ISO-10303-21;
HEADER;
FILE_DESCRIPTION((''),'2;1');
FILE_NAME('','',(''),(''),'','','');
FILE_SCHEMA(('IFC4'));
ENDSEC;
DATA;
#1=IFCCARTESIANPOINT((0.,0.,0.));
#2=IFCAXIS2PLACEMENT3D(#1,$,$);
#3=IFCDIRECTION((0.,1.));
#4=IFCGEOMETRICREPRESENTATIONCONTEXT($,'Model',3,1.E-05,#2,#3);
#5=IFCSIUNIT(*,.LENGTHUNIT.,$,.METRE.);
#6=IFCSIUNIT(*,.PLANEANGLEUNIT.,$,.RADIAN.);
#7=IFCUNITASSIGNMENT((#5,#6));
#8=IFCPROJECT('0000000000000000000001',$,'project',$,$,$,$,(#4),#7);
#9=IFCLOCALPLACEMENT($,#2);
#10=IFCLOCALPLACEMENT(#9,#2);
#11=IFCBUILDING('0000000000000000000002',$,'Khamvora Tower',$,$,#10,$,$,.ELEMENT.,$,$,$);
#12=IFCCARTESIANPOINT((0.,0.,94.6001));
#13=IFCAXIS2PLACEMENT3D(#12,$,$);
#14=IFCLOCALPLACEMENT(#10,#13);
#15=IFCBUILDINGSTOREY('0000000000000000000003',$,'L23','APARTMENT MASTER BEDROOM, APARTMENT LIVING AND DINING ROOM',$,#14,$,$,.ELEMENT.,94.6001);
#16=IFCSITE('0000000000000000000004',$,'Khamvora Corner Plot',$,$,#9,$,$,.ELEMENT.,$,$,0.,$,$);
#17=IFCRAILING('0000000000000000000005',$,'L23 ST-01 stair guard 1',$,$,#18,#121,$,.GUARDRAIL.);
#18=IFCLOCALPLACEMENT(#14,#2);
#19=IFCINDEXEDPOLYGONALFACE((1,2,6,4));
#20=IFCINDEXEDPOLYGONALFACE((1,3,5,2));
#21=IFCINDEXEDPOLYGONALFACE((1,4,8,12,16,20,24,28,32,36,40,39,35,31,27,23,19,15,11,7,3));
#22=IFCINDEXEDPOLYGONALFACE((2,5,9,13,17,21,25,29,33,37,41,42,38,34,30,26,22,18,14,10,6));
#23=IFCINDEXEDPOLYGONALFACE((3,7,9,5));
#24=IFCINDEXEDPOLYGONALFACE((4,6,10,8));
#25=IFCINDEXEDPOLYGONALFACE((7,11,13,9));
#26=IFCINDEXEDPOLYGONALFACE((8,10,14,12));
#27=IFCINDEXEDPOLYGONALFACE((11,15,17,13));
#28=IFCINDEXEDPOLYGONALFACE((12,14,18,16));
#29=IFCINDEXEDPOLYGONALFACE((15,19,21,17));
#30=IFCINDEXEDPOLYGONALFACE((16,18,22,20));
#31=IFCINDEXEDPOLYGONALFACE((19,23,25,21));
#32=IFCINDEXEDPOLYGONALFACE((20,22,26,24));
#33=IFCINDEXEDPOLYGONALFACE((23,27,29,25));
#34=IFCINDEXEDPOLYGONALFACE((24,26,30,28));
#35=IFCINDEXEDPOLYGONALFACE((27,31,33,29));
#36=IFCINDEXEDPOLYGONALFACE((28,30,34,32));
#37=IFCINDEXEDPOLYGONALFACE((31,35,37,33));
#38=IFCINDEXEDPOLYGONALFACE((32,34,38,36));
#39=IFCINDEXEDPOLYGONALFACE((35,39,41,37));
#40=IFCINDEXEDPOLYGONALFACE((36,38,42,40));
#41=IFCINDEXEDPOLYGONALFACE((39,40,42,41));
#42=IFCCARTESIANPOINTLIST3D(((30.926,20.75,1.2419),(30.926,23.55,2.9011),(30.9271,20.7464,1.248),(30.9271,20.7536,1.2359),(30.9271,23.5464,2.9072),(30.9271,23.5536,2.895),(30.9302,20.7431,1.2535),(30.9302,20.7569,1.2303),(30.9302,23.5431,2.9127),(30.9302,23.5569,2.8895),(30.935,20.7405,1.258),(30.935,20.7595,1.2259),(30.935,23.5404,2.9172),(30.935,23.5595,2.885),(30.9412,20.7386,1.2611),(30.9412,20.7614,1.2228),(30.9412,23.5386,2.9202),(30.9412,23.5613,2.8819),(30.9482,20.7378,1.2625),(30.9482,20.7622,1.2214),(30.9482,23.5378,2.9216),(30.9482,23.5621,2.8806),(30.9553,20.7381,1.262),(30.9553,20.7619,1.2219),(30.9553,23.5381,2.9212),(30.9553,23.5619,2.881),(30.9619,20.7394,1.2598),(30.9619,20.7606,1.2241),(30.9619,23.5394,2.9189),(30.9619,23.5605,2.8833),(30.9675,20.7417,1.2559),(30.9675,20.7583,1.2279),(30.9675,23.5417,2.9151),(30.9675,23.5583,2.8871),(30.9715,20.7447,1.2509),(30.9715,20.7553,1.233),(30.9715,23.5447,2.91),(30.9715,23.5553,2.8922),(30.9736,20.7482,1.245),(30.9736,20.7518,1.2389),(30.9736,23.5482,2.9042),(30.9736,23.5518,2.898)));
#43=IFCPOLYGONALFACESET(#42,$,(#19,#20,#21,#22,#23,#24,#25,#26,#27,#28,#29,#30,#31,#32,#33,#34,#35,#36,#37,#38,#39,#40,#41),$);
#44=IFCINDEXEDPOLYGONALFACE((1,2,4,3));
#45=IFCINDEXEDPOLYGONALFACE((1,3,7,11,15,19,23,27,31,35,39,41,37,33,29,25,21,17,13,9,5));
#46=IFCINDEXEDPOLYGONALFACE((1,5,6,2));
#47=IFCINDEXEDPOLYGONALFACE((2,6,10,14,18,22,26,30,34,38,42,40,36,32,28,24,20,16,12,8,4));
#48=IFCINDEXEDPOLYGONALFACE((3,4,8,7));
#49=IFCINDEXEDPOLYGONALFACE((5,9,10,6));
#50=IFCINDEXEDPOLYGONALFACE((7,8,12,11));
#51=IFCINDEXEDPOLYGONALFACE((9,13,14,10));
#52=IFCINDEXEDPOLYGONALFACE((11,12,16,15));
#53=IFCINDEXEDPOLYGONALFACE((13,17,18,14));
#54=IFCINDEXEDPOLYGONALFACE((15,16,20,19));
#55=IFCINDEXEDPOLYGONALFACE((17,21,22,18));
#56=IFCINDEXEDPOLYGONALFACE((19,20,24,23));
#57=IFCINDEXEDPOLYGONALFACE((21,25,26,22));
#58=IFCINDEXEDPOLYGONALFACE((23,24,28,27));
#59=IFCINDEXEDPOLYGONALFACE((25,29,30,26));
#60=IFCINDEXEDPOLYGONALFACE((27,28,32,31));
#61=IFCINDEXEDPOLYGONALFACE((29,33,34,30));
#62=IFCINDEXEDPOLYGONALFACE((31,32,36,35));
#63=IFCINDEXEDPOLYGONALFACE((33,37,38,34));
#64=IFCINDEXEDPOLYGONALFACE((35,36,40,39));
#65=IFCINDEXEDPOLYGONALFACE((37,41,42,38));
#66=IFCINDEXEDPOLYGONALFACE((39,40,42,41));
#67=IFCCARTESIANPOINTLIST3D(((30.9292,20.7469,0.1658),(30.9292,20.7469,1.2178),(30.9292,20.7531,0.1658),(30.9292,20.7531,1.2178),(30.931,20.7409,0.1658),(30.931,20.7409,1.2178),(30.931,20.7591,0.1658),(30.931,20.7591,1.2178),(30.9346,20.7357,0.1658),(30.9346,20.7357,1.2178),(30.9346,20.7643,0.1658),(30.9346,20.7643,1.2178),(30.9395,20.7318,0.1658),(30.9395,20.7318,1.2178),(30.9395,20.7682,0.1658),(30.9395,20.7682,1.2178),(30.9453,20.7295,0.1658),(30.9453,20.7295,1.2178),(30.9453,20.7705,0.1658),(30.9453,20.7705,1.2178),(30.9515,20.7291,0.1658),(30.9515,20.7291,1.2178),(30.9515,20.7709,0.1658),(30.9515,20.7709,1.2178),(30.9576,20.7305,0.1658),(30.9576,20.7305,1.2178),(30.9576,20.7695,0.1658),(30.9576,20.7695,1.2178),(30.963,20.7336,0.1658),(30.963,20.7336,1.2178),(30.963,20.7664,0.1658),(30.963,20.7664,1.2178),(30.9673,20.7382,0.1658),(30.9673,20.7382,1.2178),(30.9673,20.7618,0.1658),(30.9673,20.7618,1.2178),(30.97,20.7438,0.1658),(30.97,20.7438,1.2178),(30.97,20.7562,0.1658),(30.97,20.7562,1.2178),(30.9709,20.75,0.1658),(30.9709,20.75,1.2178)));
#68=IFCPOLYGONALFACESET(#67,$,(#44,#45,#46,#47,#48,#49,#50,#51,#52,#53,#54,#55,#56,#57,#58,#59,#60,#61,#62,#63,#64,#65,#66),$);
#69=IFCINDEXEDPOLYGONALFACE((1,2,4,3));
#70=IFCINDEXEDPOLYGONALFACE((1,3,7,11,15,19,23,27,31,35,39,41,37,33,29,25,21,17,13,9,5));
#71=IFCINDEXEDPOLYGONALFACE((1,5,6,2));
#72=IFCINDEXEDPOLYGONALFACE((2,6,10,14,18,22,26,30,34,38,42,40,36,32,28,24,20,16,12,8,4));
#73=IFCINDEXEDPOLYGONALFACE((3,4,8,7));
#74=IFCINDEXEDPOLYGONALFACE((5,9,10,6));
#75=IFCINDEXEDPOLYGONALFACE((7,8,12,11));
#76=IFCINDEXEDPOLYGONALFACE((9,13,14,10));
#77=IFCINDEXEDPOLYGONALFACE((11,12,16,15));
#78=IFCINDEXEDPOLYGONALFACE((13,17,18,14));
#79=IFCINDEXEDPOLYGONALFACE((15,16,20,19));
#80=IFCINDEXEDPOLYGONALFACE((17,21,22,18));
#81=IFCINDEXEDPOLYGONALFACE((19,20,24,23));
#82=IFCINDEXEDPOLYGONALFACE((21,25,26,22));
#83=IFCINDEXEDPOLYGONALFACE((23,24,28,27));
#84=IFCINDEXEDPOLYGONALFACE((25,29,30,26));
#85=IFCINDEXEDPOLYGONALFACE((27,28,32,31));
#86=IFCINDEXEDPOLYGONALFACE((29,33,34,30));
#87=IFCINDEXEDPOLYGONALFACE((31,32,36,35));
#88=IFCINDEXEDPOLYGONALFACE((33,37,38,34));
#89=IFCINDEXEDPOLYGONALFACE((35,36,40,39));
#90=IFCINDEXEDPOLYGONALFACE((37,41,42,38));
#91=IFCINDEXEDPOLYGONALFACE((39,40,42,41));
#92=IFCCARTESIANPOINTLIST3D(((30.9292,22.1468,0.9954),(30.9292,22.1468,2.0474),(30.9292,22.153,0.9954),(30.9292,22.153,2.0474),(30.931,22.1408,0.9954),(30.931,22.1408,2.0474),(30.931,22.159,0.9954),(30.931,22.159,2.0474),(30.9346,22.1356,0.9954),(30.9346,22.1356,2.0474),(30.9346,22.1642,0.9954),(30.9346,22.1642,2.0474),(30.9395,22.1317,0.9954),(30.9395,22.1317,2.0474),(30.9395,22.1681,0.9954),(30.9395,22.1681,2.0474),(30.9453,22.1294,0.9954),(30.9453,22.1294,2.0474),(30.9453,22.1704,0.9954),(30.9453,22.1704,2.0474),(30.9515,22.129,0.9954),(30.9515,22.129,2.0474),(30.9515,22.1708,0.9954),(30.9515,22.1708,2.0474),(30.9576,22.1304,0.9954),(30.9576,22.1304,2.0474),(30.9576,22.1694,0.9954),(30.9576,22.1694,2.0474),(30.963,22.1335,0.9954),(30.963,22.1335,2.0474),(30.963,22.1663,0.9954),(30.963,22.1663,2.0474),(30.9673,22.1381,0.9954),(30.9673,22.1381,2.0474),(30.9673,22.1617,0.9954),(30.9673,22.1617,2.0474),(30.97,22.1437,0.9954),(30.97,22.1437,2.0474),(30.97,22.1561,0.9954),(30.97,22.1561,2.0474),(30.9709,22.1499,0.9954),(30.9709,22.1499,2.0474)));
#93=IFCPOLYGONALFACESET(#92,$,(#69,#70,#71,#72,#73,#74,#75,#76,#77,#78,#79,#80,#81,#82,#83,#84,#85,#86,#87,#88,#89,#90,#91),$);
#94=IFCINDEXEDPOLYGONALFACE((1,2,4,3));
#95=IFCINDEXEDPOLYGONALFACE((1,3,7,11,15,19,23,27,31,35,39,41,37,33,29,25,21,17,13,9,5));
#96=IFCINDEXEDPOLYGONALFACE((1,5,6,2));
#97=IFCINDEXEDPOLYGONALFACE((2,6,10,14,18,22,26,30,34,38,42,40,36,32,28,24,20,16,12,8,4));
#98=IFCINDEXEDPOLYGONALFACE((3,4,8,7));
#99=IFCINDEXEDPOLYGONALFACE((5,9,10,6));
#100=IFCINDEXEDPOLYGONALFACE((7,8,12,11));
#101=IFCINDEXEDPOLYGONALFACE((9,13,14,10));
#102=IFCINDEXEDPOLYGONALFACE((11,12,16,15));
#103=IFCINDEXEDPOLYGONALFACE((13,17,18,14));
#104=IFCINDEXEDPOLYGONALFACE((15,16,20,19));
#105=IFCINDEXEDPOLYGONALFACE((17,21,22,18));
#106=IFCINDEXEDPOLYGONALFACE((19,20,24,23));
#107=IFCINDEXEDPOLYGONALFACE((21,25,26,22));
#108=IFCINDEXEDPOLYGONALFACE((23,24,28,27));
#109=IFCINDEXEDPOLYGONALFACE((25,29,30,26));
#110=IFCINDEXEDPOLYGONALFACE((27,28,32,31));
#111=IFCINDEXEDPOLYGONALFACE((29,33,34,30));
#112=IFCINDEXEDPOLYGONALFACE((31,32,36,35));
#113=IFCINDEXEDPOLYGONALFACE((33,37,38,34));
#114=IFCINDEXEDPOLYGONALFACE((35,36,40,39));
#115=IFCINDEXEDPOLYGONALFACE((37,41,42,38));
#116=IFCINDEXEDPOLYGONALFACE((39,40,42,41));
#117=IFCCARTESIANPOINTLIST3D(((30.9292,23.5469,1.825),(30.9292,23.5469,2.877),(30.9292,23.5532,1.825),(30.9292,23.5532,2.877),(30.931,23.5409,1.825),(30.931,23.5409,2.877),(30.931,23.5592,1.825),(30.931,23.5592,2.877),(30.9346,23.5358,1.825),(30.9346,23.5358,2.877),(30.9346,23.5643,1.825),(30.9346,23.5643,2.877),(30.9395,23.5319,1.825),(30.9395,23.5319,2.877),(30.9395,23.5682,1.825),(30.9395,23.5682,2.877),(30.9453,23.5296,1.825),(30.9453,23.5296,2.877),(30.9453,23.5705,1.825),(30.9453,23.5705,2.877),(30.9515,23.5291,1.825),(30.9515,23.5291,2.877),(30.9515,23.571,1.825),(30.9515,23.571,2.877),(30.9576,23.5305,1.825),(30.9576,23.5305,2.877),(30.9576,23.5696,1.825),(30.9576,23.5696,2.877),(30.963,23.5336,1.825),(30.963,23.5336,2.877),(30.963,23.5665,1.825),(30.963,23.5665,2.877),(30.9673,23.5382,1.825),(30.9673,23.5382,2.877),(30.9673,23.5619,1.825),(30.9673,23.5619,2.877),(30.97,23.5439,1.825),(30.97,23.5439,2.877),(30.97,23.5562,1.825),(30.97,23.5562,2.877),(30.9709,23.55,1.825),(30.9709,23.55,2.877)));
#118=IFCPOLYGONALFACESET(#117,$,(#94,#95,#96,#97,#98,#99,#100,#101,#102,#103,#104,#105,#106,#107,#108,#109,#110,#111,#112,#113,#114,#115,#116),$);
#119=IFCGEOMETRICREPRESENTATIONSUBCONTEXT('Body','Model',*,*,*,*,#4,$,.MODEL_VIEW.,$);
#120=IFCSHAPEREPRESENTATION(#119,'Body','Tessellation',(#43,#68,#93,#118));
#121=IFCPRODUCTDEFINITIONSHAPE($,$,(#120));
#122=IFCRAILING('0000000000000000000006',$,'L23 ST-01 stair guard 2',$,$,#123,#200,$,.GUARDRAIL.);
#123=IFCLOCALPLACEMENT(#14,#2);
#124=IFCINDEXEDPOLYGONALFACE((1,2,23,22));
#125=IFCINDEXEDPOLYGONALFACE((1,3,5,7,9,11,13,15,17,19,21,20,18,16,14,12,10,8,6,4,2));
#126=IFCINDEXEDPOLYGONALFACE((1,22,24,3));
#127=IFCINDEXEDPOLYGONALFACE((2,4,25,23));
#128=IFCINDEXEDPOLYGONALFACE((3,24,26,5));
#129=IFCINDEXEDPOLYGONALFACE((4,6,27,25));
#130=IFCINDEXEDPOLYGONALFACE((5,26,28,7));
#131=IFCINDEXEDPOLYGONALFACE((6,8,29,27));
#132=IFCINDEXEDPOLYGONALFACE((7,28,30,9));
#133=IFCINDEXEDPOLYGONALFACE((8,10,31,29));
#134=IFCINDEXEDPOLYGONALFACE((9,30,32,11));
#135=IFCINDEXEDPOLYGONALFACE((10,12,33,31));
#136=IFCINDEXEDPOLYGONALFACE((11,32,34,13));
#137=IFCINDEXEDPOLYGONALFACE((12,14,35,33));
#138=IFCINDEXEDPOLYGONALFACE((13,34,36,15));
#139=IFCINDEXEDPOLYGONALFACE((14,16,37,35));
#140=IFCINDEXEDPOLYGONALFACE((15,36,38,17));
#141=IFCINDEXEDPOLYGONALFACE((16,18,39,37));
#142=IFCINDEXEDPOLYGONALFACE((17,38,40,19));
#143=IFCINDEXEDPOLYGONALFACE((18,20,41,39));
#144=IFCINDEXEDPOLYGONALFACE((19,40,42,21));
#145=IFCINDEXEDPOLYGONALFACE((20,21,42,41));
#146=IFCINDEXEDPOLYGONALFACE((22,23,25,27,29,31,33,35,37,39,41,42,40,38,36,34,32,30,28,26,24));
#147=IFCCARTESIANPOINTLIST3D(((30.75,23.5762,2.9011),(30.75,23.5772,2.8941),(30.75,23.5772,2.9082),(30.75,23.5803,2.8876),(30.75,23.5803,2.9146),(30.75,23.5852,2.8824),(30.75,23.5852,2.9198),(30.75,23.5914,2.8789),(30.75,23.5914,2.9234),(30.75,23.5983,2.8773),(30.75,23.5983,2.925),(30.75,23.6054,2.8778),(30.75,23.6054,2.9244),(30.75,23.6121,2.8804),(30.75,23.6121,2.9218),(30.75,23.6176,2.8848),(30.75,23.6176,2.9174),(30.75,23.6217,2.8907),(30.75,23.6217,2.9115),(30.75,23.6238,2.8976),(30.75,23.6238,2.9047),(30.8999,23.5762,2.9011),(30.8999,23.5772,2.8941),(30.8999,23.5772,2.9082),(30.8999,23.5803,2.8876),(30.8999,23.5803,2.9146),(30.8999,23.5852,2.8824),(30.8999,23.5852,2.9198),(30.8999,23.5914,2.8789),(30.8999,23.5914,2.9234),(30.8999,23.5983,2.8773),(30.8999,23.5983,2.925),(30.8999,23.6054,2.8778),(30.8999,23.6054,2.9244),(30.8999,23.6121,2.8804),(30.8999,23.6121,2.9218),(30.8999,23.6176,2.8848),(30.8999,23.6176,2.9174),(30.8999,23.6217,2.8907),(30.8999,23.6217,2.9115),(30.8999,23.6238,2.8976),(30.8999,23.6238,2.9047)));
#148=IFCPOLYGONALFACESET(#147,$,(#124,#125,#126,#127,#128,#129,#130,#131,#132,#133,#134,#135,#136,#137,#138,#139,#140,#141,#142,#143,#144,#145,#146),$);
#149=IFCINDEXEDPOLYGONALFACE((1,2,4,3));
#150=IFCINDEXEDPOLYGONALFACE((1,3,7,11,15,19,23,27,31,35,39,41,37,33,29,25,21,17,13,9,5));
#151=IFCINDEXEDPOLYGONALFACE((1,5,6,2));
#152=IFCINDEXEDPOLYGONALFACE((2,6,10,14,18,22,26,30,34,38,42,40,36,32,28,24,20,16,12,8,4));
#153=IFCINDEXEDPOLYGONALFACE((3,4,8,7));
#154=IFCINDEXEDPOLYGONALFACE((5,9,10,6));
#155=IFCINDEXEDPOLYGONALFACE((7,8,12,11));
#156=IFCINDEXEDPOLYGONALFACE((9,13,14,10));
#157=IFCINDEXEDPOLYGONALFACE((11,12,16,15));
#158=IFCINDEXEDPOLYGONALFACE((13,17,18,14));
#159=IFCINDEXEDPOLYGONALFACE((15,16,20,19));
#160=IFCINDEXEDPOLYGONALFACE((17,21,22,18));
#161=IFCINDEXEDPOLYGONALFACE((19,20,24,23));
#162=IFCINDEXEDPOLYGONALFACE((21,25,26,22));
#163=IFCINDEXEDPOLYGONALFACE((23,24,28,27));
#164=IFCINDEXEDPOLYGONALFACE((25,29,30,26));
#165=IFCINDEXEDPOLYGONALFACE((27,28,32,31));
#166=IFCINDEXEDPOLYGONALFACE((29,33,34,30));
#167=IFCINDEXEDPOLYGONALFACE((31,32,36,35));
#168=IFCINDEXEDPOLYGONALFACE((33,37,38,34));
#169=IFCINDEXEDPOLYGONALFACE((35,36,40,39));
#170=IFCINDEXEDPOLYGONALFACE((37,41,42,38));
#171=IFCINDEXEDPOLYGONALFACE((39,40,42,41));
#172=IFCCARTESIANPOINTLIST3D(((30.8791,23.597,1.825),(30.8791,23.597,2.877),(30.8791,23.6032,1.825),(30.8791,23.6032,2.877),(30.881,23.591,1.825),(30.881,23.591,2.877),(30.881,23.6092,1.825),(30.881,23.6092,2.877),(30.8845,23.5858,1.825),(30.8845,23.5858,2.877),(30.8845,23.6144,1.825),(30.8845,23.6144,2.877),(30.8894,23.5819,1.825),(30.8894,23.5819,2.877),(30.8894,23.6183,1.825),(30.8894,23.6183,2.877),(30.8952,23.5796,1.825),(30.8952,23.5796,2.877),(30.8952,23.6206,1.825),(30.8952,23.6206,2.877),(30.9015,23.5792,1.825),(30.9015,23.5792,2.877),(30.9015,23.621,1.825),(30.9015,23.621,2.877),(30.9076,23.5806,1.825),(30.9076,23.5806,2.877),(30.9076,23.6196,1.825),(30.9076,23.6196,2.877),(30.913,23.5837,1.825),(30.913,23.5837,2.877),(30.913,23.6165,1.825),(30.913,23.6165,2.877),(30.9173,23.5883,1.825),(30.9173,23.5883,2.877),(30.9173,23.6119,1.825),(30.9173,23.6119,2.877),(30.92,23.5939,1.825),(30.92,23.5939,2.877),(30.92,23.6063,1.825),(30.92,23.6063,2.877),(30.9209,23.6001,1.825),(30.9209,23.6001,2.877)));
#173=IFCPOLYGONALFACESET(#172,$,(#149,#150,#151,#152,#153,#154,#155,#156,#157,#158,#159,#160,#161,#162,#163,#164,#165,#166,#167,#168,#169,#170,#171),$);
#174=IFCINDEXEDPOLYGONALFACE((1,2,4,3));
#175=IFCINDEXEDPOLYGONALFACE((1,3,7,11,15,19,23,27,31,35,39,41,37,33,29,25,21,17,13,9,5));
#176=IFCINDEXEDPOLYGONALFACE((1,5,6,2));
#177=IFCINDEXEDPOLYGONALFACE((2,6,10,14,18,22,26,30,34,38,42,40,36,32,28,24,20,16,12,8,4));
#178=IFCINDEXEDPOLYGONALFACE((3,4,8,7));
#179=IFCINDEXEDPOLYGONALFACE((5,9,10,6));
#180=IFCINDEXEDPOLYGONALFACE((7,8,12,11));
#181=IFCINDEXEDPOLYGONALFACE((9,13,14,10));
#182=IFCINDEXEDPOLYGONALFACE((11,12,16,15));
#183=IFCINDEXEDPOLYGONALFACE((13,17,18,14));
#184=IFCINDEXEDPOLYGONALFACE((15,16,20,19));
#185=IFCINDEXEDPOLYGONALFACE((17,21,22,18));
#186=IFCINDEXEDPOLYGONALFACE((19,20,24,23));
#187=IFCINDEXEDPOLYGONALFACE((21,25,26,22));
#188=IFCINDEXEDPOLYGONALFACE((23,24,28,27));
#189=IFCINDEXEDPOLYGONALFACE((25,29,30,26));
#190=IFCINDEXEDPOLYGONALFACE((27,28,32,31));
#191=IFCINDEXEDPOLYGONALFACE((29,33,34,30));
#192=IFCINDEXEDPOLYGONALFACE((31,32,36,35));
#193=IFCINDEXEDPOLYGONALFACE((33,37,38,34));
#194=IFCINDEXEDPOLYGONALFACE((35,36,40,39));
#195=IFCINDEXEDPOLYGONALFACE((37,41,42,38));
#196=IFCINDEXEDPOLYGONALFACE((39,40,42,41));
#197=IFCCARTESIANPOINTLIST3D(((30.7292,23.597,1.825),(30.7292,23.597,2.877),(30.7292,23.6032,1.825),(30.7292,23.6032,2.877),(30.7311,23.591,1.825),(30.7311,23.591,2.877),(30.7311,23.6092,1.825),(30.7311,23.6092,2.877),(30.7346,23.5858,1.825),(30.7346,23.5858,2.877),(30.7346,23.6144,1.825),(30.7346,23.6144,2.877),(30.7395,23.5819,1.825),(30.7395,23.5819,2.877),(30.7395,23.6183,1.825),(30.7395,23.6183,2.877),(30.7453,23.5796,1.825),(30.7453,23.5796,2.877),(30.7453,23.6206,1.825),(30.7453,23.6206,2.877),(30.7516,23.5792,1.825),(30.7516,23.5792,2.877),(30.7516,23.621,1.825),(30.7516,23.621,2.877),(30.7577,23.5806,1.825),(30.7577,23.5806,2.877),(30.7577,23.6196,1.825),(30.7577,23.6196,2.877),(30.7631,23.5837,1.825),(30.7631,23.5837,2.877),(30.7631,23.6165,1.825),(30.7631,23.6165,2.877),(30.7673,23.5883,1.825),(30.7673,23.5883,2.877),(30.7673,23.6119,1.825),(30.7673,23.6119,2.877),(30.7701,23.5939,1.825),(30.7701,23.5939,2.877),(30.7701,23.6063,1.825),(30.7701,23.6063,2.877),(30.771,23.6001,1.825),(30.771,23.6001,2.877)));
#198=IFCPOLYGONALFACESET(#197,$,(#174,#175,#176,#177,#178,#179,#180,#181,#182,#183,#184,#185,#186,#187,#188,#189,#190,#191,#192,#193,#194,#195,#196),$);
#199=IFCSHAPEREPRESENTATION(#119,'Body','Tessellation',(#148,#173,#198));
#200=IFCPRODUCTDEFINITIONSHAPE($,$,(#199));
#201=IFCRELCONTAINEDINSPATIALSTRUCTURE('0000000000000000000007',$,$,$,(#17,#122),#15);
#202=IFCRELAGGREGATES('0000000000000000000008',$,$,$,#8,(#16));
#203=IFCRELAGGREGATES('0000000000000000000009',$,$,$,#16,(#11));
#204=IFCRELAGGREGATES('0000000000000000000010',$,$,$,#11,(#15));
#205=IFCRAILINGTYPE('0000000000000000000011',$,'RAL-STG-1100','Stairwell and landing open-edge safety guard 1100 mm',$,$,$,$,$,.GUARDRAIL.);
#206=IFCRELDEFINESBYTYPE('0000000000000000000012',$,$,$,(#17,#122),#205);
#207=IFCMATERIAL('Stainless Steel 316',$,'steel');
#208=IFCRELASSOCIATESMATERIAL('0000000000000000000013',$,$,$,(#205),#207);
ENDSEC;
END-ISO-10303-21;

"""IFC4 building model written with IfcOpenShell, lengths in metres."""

from ifc_helpers import new_model, si_unit, direction, frame, origin, origin_2d, place, context, subcontext, project, spatial, circle, extrude, material, type_object, element, save


model = new_model("IFC4")

# Units and contexts
model_context = context("Model", 3, precision=1e-05, world=origin(), true_north=direction((0.0, 1.0)))
body_context = subcontext(model_context, "Body", "Model", "MODEL_VIEW")
ifc_project = project(units=[si_unit("LENGTHUNIT", "METRE"), si_unit("PLANEANGLEUNIT", "RADIAN")], contexts=[model_context])

# Site, building, storey
site_placement = place(None, origin())
site = spatial("IfcSite", under=ifc_project, at=site_placement, Name="Khamvora Corner Plot", CompositionType="ELEMENT", RefElevation=0.0)
building_placement = place(site_placement, origin())
building = spatial("IfcBuilding", under=site, at=building_placement, Name="Khamvora Tower", CompositionType="ELEMENT")
storey_placement = place(building_placement, frame((0.0, 0.0, 94.6001)))
storey = spatial("IfcBuildingStorey", under=building, at=storey_placement, Name="L23", Description="APARTMENT MASTER BEDROOM, APARTMENT LIVING AND DINING ROOM", CompositionType="ELEMENT", Elevation=94.6001)

# Railings
ifc_material_1 = material(Name="Stainless Steel 316", Category="steel")
railing_type_1 = type_object("IfcRailingType", Name="RAL-STG-1100", Description="Stairwell and landing open-edge safety guard 1100 mm", PredefinedType="GUARDRAIL", material=ifc_material_1)
railing_1_placement = place(storey_placement, frame((30.95, 20.75, 0.1658)))
element("IfcRailing", 1, at=railing_1_placement, inside=storey, type_object=railing_type_1, Name="L23 ST-01 stair guard 1", PredefinedType="GUARDRAIL", context=body_context, shape_type="SweptSolid", body=[
    extrude(circle(Radius=0.0239, at=origin_2d()), frame((0.0, 0.0, 1.0762), z_axis=(0.0, 0.860306, 0.509778), x_axis=(-1.0, 0.0, 0.0)), (0.0, 0.0, 1.0), 3.2546),
    extrude(circle(Radius=0.021, at=origin_2d()), origin(), (0.0, 0.0, 1.0), 1.052),
    extrude(circle(Radius=0.021, at=origin_2d()), frame((0.0, 1.3999, 0.8296)), (0.0, 0.0, 1.0), 1.052),
    extrude(circle(Radius=0.021, at=origin_2d()), frame((0.0, 2.8, 1.6592)), (0.0, 0.0, 1.0), 1.052),
])
railing_2_placement = place(storey_placement, frame((30.8999, 23.6001, 1.825)))
element("IfcRailing", 2, at=railing_2_placement, inside=storey, type_object=railing_type_1, Name="L23 ST-01 stair guard 2", PredefinedType="GUARDRAIL", context=body_context, shape_type="SweptSolid", body=[
    extrude(circle(Radius=0.0239, at=origin_2d()), frame((0.0, 0.0, 1.0762), z_axis=(-1.0, 0.0, 0.0), x_axis=(0.0, -1.0, 0.0)), (0.0, 0.0, 1.0), 0.1499),
    extrude(circle(Radius=0.021, at=origin_2d()), origin(), (0.0, 0.0, 1.0), 1.052),
    extrude(circle(Radius=0.021, at=origin_2d()), frame((-0.1499, 0.0, 0.0)), (0.0, 0.0, 1.0), 1.052),
])

save(model, "model.ifc")
